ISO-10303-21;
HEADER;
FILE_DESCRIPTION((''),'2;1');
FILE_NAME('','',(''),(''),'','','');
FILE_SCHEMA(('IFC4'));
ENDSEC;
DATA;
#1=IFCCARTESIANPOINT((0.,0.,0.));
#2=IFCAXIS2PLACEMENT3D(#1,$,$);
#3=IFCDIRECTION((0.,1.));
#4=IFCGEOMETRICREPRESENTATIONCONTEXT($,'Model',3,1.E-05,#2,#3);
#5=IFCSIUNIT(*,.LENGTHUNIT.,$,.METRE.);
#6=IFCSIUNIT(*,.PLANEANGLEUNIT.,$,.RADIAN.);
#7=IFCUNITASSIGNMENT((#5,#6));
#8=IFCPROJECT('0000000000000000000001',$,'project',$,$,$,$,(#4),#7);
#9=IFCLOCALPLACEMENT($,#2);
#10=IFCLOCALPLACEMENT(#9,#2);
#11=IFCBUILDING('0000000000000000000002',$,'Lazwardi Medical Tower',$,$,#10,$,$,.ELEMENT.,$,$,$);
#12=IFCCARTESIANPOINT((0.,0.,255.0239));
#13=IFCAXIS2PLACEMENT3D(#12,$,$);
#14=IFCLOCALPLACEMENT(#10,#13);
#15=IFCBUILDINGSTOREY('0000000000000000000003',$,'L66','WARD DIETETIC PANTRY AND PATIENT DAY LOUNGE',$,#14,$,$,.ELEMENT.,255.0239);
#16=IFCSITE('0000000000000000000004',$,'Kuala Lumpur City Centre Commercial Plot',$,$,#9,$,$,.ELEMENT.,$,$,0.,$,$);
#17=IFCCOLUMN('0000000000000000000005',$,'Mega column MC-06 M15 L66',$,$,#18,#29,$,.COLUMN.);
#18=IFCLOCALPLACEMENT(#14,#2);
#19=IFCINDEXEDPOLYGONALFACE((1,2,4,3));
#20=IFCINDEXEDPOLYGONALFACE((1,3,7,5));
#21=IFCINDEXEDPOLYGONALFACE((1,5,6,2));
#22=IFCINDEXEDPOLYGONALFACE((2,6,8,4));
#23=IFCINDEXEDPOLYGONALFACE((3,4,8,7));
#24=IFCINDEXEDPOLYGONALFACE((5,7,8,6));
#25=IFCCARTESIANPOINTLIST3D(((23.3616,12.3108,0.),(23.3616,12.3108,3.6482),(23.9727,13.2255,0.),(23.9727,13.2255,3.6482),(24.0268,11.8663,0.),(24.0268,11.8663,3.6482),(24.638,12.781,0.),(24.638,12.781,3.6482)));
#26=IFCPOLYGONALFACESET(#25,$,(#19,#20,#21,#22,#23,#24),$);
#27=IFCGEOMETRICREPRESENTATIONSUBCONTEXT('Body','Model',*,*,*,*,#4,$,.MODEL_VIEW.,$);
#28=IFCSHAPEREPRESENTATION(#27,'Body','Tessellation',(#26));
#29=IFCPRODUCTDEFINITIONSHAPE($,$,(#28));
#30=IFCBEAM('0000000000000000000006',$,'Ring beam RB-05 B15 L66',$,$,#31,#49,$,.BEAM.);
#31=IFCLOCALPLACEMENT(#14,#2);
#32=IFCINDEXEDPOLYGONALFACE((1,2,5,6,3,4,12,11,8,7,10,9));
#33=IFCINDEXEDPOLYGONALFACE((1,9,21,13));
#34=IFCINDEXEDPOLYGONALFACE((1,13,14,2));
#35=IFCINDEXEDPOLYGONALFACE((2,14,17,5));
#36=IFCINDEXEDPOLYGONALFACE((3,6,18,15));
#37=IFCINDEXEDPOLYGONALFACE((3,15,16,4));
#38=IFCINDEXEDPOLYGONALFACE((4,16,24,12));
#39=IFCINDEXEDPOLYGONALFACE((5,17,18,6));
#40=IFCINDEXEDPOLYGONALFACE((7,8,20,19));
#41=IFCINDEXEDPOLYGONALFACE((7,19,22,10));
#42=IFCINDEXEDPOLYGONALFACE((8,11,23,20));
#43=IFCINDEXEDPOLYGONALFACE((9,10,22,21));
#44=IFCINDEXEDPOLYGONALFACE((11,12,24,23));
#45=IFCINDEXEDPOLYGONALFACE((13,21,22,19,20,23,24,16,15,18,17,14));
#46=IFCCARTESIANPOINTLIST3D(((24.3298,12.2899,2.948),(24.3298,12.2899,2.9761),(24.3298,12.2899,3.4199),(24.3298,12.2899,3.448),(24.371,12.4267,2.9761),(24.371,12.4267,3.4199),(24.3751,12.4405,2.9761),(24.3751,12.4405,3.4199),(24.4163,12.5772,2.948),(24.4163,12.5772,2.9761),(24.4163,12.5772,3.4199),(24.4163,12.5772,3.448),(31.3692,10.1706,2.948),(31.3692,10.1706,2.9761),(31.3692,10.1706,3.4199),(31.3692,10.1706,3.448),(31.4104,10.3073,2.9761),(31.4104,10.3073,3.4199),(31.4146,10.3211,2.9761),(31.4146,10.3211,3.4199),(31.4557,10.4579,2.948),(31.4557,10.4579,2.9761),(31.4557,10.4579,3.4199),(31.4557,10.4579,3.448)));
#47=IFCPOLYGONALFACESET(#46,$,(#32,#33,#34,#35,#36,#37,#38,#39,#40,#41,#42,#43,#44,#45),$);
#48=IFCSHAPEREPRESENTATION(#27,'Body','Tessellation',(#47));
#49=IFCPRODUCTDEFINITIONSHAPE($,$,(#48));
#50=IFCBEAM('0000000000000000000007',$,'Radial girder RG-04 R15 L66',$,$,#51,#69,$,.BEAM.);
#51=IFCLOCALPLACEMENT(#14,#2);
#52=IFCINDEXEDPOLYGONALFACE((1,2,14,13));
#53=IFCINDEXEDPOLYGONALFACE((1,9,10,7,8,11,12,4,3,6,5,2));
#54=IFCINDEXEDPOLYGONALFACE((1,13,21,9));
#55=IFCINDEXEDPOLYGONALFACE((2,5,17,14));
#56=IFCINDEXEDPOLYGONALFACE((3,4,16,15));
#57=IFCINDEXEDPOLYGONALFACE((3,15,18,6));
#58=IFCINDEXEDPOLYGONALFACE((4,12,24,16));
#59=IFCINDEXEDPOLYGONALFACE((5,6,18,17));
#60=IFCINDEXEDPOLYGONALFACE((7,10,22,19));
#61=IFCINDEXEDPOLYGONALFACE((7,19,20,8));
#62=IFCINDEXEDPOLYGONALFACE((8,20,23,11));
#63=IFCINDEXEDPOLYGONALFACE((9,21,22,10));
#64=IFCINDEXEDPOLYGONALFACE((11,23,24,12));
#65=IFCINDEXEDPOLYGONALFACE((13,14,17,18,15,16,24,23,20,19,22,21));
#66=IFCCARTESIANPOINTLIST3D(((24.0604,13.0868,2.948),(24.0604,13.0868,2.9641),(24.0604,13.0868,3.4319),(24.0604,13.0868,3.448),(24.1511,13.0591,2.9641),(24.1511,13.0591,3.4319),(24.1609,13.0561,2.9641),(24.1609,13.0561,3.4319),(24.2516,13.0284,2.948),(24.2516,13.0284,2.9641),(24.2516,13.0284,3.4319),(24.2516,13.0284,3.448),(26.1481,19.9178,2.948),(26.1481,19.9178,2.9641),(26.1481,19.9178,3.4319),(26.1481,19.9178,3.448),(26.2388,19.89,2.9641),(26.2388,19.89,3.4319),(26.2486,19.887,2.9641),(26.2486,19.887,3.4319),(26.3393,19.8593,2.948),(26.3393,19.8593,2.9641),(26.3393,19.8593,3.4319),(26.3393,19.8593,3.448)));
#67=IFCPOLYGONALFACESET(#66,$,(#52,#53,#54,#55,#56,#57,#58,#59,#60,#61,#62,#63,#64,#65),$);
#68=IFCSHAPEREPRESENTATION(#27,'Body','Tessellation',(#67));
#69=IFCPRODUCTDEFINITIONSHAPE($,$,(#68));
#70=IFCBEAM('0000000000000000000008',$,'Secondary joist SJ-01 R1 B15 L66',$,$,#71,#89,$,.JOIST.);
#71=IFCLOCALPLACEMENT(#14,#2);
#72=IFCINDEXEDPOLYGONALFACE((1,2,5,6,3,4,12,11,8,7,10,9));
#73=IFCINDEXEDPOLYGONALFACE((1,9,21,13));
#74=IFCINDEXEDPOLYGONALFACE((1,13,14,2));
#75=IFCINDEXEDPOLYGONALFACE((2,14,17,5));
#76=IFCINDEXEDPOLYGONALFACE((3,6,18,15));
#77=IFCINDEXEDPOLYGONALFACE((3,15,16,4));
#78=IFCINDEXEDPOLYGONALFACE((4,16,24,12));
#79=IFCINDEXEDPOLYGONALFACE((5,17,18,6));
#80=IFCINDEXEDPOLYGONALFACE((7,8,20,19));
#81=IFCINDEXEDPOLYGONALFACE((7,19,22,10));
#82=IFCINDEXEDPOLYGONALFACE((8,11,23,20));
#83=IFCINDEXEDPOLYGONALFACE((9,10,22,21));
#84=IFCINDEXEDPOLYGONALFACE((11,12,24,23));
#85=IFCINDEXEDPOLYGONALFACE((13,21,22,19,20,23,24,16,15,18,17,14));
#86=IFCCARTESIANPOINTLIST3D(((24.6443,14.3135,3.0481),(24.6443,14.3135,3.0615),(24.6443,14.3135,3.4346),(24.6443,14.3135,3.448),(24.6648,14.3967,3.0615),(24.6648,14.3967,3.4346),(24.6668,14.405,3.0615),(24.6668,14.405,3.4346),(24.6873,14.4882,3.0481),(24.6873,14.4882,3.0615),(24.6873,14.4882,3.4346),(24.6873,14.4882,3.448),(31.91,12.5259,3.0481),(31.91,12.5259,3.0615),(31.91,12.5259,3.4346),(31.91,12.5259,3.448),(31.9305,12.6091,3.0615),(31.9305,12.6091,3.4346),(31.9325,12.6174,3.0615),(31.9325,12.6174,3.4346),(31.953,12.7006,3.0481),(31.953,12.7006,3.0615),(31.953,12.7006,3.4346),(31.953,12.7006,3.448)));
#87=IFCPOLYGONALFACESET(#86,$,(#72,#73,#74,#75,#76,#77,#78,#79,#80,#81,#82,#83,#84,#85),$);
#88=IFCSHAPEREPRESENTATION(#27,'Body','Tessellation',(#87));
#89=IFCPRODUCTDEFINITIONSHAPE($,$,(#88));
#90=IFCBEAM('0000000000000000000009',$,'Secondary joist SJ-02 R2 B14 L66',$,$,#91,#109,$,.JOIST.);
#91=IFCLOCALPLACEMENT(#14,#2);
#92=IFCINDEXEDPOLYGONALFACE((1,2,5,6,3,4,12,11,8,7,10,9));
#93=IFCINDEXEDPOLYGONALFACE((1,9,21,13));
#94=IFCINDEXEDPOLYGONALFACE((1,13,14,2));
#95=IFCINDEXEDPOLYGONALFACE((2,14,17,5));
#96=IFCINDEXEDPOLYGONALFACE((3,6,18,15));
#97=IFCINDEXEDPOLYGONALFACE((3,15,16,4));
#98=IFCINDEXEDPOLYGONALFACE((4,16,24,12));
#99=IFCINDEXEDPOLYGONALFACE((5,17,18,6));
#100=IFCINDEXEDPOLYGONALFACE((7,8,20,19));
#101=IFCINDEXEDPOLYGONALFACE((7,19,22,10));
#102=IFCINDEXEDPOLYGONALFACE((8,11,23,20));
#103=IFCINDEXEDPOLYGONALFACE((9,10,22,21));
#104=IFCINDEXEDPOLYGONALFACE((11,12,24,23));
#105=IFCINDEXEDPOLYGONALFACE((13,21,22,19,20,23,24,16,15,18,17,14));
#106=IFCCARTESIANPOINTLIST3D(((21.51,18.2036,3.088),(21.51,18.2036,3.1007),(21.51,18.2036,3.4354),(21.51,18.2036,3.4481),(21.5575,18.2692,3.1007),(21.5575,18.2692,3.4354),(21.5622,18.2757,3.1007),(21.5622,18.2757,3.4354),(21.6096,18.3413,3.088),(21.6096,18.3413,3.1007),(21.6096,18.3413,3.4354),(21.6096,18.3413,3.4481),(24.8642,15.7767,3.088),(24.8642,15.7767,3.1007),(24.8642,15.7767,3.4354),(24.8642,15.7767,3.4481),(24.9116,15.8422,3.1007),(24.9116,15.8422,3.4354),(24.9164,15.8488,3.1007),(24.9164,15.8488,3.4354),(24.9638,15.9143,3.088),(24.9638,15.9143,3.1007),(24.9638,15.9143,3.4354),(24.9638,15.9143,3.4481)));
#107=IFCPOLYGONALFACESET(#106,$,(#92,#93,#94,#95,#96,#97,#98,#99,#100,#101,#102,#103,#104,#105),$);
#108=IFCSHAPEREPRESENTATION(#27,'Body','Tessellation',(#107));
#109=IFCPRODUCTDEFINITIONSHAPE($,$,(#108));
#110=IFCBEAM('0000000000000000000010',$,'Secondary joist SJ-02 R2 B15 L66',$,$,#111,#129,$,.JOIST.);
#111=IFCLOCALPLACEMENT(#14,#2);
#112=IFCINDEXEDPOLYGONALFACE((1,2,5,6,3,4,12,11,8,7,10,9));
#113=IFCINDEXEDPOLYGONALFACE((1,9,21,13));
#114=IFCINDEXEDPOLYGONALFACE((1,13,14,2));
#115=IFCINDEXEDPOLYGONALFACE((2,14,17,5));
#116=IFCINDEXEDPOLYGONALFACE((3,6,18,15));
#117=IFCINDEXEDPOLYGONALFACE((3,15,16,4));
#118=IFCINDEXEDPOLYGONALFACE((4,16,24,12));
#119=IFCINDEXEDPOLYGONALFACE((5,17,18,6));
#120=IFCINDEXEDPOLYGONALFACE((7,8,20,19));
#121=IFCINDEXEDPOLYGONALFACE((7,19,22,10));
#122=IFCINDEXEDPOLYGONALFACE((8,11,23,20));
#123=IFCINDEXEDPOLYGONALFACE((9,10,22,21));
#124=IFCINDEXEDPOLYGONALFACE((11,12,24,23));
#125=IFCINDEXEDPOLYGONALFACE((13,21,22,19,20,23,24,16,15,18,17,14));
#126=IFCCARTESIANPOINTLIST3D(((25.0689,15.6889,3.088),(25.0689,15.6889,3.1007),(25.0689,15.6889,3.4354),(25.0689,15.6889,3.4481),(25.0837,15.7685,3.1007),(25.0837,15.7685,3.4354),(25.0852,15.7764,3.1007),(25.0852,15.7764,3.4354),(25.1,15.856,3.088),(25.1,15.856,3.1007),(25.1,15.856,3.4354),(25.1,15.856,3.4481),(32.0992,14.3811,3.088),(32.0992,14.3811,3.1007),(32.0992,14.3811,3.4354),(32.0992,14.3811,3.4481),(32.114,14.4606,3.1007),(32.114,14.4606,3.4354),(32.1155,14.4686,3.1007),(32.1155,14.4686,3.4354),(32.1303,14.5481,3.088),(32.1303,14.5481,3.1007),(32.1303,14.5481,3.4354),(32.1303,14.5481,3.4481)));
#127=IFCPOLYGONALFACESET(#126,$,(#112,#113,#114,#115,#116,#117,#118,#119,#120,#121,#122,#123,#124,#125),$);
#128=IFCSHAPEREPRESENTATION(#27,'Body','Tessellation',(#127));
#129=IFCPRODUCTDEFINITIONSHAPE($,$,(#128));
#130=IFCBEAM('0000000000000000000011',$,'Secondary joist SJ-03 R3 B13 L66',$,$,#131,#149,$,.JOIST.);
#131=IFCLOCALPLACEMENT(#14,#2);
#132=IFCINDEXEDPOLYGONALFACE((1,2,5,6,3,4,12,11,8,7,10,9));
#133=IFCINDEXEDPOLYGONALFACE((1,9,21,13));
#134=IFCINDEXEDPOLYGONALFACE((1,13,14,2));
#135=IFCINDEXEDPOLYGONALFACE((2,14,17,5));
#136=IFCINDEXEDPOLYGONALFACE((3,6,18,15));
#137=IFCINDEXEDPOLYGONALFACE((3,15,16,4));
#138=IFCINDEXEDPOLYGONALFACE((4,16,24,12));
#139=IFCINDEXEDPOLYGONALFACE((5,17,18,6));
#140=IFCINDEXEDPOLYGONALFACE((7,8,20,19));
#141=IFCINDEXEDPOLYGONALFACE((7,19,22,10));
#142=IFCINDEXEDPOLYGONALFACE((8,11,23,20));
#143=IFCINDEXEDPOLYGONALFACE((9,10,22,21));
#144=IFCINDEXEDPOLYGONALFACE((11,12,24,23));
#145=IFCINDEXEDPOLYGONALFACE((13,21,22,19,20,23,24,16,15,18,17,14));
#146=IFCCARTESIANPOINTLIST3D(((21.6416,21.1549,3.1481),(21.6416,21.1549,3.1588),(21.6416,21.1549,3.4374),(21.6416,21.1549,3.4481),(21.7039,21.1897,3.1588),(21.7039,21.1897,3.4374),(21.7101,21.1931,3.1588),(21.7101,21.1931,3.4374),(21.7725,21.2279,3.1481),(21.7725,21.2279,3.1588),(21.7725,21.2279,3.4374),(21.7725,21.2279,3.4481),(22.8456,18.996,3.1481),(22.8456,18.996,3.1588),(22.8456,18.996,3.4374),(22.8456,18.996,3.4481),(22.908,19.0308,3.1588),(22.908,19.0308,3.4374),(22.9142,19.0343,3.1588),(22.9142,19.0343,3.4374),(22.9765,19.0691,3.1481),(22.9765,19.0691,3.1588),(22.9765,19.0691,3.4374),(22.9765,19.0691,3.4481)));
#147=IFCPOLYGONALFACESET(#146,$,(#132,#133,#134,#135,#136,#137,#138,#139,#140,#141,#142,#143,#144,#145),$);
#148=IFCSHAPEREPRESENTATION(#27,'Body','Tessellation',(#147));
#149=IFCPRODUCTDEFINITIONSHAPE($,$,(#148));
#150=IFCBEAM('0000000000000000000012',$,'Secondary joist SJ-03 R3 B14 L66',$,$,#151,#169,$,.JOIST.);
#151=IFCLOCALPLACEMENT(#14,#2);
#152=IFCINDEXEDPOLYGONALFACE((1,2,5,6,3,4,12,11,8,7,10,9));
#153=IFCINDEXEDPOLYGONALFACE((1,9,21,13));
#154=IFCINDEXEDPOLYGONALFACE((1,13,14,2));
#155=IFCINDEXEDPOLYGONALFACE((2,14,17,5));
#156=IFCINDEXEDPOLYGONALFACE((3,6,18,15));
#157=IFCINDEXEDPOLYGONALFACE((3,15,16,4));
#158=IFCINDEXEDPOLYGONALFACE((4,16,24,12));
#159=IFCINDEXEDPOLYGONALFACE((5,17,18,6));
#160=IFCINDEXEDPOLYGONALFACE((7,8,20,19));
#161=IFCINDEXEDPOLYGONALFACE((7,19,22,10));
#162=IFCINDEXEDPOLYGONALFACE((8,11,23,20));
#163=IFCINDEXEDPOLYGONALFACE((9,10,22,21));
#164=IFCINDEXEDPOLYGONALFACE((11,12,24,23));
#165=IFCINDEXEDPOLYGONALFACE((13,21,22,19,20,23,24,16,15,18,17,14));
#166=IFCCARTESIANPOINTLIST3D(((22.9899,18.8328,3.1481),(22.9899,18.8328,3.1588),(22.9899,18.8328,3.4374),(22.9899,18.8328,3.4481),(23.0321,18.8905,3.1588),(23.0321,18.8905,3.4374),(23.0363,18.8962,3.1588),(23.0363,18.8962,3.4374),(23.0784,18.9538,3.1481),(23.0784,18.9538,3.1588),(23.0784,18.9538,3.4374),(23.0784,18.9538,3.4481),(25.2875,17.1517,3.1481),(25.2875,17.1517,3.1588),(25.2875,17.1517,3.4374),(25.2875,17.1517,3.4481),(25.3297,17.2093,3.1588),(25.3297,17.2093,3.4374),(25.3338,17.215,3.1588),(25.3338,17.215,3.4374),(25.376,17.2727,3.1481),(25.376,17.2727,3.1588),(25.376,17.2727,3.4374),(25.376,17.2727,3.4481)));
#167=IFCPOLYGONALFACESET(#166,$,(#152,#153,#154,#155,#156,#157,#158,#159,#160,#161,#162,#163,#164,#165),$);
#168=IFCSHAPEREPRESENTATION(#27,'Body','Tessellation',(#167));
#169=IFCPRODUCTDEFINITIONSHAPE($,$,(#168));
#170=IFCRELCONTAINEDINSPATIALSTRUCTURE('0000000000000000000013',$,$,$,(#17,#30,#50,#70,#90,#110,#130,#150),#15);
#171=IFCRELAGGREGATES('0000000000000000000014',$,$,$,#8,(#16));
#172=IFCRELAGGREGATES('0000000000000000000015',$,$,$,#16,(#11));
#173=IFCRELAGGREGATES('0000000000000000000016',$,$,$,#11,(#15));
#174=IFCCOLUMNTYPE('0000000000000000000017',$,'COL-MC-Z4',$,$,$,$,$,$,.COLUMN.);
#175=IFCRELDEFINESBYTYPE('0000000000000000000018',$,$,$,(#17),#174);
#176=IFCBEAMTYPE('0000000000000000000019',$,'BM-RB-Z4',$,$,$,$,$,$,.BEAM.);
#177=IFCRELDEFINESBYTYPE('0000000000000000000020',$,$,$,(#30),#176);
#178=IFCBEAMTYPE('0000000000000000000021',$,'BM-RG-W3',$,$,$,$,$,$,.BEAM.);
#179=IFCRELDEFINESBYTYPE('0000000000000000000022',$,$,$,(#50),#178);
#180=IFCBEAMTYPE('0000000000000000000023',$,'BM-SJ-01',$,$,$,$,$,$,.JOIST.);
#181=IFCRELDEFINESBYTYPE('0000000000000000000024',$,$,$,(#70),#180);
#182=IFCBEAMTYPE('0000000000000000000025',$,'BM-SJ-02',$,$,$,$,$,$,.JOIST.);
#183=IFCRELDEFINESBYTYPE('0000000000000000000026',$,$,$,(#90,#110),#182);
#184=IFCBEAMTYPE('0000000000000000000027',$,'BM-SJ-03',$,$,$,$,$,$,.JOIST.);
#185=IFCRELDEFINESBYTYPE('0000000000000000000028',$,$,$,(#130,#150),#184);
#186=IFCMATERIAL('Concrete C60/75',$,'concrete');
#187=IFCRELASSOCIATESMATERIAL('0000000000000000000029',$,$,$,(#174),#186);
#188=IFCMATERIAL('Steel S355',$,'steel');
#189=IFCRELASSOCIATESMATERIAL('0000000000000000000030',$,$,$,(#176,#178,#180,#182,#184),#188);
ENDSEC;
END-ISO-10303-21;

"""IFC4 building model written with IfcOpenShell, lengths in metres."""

from ifc_helpers import new_model, si_unit, direction, frame, origin, origin_2d, place, context, subcontext, project, spatial, rectangle, i_section, extrude, material, material_profile, profile_set, type_object, element, save


model = new_model("IFC4")

# Units and contexts
model_context = context("Model", 3, precision=1e-05, world=origin(), true_north=direction((0.0, 1.0)))
body_context = subcontext(model_context, "Body", "Model", "MODEL_VIEW")
ifc_project = project(units=[si_unit("LENGTHUNIT", "METRE"), si_unit("PLANEANGLEUNIT", "RADIAN")], contexts=[model_context])

# Site, building, storey
site_placement = place(None, origin())
site = spatial("IfcSite", under=ifc_project, at=site_placement, Name="Kuala Lumpur City Centre Commercial Plot", CompositionType="ELEMENT", RefElevation=0.0)
building_placement = place(site_placement, origin())
building = spatial("IfcBuilding", under=site, at=building_placement, Name="Lazwardi Medical Tower", CompositionType="ELEMENT")
storey_placement = place(building_placement, frame((0.0, 0.0, 255.0239)))
storey = spatial("IfcBuildingStorey", under=building, at=storey_placement, Name="L66", Description="WARD DIETETIC PANTRY AND PATIENT DAY LOUNGE", CompositionType="ELEMENT", Elevation=255.0239)

# Column
ifc_material_1 = material(Name="Concrete C60/75", Category="concrete")
ifc_material_profile_1 = material_profile(ifc_material_1, rectangle(XDim=1.1001, YDim=0.8, at=origin_2d()), Name="CFT-RECT 1100x800")
ifc_profile_set_1 = profile_set([ifc_material_profile_1], Name="Concrete C60/75")
column_type = type_object("IfcColumnType", Name="COL-MC-Z4", PredefinedType="COLUMN", material=ifc_profile_set_1)
column_placement = place(storey_placement, frame((23.9998, 12.5459, 0.0), z_axis=(0.0, 0.0, 1.0), x_axis=(-0.55557, -0.83147, 0.0)))
element("IfcColumn", 1, at=column_placement, inside=storey, type_object=column_type, Name="Mega column MC-06 M15 L66", PredefinedType="COLUMN", context=body_context, shape_type="SweptSolid", body=[
    extrude(rectangle(XDim=1.1001, YDim=0.8, at=origin_2d()), origin(), (0.0, 0.0, 1.0), 3.6482),
])

# Beams
ifc_material_2 = material(Name="Steel S355", Category="steel")
ifc_material_profile_2 = material_profile(ifc_material_2, i_section(OverallWidth=0.3, OverallDepth=0.5, WebThickness=0.0144, FlangeThickness=0.0281, at=origin_2d()), Name="HEB 500")
ifc_profile_set_2 = profile_set([ifc_material_profile_2], Name="Steel S355")
beam_type_1 = type_object("IfcBeamType", Name="BM-RB-Z4", PredefinedType="BEAM", material=ifc_profile_set_2)
beam_1_placement = place(storey_placement, frame((24.373, 12.4336, 3.198), z_axis=(0.957544, -0.288286, 0.0), x_axis=(0.288286, 0.957544, 0.0)))
element("IfcBeam", 2, at=beam_1_placement, inside=storey, type_object=beam_type_1, Name="Ring beam RB-05 B15 L66", PredefinedType="BEAM", context=body_context, shape_type="SweptSolid", body=[
    extrude(i_section(OverallWidth=0.3, OverallDepth=0.5, WebThickness=0.0144, FlangeThickness=0.0281, at=origin_2d()), origin(), (0.0, 0.0, 1.0), 7.3516),
])
ifc_material_profile_3 = material_profile(ifc_material_2, i_section(OverallWidth=0.2, OverallDepth=0.5, WebThickness=0.0103, FlangeThickness=0.0161, at=origin_2d()), Name="IPE 500")
ifc_profile_set_3 = profile_set([ifc_material_profile_3], Name="Steel S355")
beam_type_2 = type_object("IfcBeamType", Name="BM-RG-W3", PredefinedType="BEAM", material=ifc_profile_set_3)
beam_2_placement = place(storey_placement, frame((24.156, 13.0576, 3.198), z_axis=(0.292277, 0.956334, 0.0), x_axis=(-0.956334, 0.292277, 0.0)))
element("IfcBeam", 3, at=beam_2_placement, inside=storey, type_object=beam_type_2, Name="Radial girder RG-04 R15 L66", PredefinedType="BEAM", context=body_context, shape_type="SweptSolid", body=[
    extrude(i_section(OverallWidth=0.2, OverallDepth=0.5, WebThickness=0.0103, FlangeThickness=0.0161, at=origin_2d()), origin(), (0.0, 0.0, 1.0), 7.1428),
])
ifc_material_profile_4 = material_profile(ifc_material_2, i_section(OverallWidth=0.1799, OverallDepth=0.3999, WebThickness=0.0085, FlangeThickness=0.0134, at=origin_2d()), Name="IPE 400")
ifc_profile_set_4 = profile_set([ifc_material_profile_4], Name="Steel S355")
beam_type_3 = type_object("IfcBeamType", Name="BM-SJ-01", PredefinedType="JOIST", material=ifc_profile_set_4)
beam_3_placement = place(storey_placement, frame((24.6658, 14.4009, 3.248), z_axis=(0.971042, -0.23891, 0.0), x_axis=(0.23891, 0.971042, 0.0)))
element("IfcBeam", 4, at=beam_3_placement, inside=storey, type_object=beam_type_3, Name="Secondary joist SJ-01 R1 B15 L66", PredefinedType="JOIST", context=body_context, shape_type="SweptSolid", body=[
    extrude(i_section(OverallWidth=0.1799, OverallDepth=0.3999, WebThickness=0.0085, FlangeThickness=0.0134, at=origin_2d()), origin(), (0.0, 0.0, 1.0), 7.4824),
])
ifc_material_profile_5 = material_profile(ifc_material_2, i_section(OverallWidth=0.1699, OverallDepth=0.3601, WebThickness=0.0081, FlangeThickness=0.0127, at=origin_2d()), Name="IPE 360")
ifc_profile_set_5 = profile_set([ifc_material_profile_5], Name="Steel S355")
beam_type_4 = type_object("IfcBeamType", Name="BM-SJ-02", PredefinedType="JOIST", material=ifc_profile_set_5)
beam_4_placement = place(storey_placement, frame((21.5598, 18.2725, 3.2681), z_axis=(0.810164, -0.586203, 0.0), x_axis=(0.586203, 0.810164, 0.0)))
element("IfcBeam", 5, at=beam_4_placement, inside=storey, type_object=beam_type_4, Name="Secondary joist SJ-02 R2 B14 L66", PredefinedType="JOIST", context=body_context, shape_type="SweptSolid", body=[
    extrude(i_section(OverallWidth=0.1699, OverallDepth=0.3601, WebThickness=0.0081, FlangeThickness=0.0127, at=origin_2d()), origin(), (0.0, 0.0, 1.0), 4.1401),
])
beam_5_placement = place(storey_placement, frame((25.0845, 15.7725, 3.2681), z_axis=(0.983132, -0.182895, 0.0), x_axis=(0.182895, 0.983132, 0.0)))
element("IfcBeam", 6, at=beam_5_placement, inside=storey, type_object=beam_type_4, Name="Secondary joist SJ-02 R2 B15 L66", PredefinedType="JOIST", context=body_context, shape_type="SweptSolid", body=[
    extrude(i_section(OverallWidth=0.1699, OverallDepth=0.3601, WebThickness=0.0081, FlangeThickness=0.0127, at=origin_2d()), origin(), (0.0, 0.0, 1.0), 7.1509),
])
ifc_material_profile_6 = material_profile(ifc_material_2, i_section(OverallWidth=0.1499, OverallDepth=0.3, WebThickness=0.0071, FlangeThickness=0.0107, at=origin_2d()), Name="IPE 300")
ifc_profile_set_6 = profile_set([ifc_material_profile_6], Name="Steel S355")
beam_type_5 = type_object("IfcBeamType", Name="BM-SJ-03", PredefinedType="JOIST", material=ifc_profile_set_6)
beam_6_placement = place(storey_placement, frame((21.707, 21.1914, 3.2981), z_axis=(0.487093, -0.87335, 0.0), x_axis=(0.87335, 0.487093, 0.0)))
element("IfcBeam", 7, at=beam_6_placement, inside=storey, type_object=beam_type_5, Name="Secondary joist SJ-03 R3 B13 L66", PredefinedType="JOIST", context=body_context, shape_type="SweptSolid", body=[
    extrude(i_section(OverallWidth=0.1499, OverallDepth=0.3, WebThickness=0.0071, FlangeThickness=0.0107, at=origin_2d()), origin(), (0.0, 0.0, 1.0), 2.4719),
])
beam_7_placement = place(storey_placement, frame((23.0342, 18.8933, 3.2981), z_axis=(0.807034, -0.590505, 0.0), x_axis=(0.590505, 0.807034, 0.0)))
element("IfcBeam", 8, at=beam_7_placement, inside=storey, type_object=beam_type_5, Name="Secondary joist SJ-03 R3 B14 L66", PredefinedType="JOIST", context=body_context, shape_type="SweptSolid", body=[
    extrude(i_section(OverallWidth=0.1499, OverallDepth=0.3, WebThickness=0.0071, FlangeThickness=0.0107, at=origin_2d()), origin(), (0.0, 0.0, 1.0), 2.8469),
])

save(model, "model.ifc")
